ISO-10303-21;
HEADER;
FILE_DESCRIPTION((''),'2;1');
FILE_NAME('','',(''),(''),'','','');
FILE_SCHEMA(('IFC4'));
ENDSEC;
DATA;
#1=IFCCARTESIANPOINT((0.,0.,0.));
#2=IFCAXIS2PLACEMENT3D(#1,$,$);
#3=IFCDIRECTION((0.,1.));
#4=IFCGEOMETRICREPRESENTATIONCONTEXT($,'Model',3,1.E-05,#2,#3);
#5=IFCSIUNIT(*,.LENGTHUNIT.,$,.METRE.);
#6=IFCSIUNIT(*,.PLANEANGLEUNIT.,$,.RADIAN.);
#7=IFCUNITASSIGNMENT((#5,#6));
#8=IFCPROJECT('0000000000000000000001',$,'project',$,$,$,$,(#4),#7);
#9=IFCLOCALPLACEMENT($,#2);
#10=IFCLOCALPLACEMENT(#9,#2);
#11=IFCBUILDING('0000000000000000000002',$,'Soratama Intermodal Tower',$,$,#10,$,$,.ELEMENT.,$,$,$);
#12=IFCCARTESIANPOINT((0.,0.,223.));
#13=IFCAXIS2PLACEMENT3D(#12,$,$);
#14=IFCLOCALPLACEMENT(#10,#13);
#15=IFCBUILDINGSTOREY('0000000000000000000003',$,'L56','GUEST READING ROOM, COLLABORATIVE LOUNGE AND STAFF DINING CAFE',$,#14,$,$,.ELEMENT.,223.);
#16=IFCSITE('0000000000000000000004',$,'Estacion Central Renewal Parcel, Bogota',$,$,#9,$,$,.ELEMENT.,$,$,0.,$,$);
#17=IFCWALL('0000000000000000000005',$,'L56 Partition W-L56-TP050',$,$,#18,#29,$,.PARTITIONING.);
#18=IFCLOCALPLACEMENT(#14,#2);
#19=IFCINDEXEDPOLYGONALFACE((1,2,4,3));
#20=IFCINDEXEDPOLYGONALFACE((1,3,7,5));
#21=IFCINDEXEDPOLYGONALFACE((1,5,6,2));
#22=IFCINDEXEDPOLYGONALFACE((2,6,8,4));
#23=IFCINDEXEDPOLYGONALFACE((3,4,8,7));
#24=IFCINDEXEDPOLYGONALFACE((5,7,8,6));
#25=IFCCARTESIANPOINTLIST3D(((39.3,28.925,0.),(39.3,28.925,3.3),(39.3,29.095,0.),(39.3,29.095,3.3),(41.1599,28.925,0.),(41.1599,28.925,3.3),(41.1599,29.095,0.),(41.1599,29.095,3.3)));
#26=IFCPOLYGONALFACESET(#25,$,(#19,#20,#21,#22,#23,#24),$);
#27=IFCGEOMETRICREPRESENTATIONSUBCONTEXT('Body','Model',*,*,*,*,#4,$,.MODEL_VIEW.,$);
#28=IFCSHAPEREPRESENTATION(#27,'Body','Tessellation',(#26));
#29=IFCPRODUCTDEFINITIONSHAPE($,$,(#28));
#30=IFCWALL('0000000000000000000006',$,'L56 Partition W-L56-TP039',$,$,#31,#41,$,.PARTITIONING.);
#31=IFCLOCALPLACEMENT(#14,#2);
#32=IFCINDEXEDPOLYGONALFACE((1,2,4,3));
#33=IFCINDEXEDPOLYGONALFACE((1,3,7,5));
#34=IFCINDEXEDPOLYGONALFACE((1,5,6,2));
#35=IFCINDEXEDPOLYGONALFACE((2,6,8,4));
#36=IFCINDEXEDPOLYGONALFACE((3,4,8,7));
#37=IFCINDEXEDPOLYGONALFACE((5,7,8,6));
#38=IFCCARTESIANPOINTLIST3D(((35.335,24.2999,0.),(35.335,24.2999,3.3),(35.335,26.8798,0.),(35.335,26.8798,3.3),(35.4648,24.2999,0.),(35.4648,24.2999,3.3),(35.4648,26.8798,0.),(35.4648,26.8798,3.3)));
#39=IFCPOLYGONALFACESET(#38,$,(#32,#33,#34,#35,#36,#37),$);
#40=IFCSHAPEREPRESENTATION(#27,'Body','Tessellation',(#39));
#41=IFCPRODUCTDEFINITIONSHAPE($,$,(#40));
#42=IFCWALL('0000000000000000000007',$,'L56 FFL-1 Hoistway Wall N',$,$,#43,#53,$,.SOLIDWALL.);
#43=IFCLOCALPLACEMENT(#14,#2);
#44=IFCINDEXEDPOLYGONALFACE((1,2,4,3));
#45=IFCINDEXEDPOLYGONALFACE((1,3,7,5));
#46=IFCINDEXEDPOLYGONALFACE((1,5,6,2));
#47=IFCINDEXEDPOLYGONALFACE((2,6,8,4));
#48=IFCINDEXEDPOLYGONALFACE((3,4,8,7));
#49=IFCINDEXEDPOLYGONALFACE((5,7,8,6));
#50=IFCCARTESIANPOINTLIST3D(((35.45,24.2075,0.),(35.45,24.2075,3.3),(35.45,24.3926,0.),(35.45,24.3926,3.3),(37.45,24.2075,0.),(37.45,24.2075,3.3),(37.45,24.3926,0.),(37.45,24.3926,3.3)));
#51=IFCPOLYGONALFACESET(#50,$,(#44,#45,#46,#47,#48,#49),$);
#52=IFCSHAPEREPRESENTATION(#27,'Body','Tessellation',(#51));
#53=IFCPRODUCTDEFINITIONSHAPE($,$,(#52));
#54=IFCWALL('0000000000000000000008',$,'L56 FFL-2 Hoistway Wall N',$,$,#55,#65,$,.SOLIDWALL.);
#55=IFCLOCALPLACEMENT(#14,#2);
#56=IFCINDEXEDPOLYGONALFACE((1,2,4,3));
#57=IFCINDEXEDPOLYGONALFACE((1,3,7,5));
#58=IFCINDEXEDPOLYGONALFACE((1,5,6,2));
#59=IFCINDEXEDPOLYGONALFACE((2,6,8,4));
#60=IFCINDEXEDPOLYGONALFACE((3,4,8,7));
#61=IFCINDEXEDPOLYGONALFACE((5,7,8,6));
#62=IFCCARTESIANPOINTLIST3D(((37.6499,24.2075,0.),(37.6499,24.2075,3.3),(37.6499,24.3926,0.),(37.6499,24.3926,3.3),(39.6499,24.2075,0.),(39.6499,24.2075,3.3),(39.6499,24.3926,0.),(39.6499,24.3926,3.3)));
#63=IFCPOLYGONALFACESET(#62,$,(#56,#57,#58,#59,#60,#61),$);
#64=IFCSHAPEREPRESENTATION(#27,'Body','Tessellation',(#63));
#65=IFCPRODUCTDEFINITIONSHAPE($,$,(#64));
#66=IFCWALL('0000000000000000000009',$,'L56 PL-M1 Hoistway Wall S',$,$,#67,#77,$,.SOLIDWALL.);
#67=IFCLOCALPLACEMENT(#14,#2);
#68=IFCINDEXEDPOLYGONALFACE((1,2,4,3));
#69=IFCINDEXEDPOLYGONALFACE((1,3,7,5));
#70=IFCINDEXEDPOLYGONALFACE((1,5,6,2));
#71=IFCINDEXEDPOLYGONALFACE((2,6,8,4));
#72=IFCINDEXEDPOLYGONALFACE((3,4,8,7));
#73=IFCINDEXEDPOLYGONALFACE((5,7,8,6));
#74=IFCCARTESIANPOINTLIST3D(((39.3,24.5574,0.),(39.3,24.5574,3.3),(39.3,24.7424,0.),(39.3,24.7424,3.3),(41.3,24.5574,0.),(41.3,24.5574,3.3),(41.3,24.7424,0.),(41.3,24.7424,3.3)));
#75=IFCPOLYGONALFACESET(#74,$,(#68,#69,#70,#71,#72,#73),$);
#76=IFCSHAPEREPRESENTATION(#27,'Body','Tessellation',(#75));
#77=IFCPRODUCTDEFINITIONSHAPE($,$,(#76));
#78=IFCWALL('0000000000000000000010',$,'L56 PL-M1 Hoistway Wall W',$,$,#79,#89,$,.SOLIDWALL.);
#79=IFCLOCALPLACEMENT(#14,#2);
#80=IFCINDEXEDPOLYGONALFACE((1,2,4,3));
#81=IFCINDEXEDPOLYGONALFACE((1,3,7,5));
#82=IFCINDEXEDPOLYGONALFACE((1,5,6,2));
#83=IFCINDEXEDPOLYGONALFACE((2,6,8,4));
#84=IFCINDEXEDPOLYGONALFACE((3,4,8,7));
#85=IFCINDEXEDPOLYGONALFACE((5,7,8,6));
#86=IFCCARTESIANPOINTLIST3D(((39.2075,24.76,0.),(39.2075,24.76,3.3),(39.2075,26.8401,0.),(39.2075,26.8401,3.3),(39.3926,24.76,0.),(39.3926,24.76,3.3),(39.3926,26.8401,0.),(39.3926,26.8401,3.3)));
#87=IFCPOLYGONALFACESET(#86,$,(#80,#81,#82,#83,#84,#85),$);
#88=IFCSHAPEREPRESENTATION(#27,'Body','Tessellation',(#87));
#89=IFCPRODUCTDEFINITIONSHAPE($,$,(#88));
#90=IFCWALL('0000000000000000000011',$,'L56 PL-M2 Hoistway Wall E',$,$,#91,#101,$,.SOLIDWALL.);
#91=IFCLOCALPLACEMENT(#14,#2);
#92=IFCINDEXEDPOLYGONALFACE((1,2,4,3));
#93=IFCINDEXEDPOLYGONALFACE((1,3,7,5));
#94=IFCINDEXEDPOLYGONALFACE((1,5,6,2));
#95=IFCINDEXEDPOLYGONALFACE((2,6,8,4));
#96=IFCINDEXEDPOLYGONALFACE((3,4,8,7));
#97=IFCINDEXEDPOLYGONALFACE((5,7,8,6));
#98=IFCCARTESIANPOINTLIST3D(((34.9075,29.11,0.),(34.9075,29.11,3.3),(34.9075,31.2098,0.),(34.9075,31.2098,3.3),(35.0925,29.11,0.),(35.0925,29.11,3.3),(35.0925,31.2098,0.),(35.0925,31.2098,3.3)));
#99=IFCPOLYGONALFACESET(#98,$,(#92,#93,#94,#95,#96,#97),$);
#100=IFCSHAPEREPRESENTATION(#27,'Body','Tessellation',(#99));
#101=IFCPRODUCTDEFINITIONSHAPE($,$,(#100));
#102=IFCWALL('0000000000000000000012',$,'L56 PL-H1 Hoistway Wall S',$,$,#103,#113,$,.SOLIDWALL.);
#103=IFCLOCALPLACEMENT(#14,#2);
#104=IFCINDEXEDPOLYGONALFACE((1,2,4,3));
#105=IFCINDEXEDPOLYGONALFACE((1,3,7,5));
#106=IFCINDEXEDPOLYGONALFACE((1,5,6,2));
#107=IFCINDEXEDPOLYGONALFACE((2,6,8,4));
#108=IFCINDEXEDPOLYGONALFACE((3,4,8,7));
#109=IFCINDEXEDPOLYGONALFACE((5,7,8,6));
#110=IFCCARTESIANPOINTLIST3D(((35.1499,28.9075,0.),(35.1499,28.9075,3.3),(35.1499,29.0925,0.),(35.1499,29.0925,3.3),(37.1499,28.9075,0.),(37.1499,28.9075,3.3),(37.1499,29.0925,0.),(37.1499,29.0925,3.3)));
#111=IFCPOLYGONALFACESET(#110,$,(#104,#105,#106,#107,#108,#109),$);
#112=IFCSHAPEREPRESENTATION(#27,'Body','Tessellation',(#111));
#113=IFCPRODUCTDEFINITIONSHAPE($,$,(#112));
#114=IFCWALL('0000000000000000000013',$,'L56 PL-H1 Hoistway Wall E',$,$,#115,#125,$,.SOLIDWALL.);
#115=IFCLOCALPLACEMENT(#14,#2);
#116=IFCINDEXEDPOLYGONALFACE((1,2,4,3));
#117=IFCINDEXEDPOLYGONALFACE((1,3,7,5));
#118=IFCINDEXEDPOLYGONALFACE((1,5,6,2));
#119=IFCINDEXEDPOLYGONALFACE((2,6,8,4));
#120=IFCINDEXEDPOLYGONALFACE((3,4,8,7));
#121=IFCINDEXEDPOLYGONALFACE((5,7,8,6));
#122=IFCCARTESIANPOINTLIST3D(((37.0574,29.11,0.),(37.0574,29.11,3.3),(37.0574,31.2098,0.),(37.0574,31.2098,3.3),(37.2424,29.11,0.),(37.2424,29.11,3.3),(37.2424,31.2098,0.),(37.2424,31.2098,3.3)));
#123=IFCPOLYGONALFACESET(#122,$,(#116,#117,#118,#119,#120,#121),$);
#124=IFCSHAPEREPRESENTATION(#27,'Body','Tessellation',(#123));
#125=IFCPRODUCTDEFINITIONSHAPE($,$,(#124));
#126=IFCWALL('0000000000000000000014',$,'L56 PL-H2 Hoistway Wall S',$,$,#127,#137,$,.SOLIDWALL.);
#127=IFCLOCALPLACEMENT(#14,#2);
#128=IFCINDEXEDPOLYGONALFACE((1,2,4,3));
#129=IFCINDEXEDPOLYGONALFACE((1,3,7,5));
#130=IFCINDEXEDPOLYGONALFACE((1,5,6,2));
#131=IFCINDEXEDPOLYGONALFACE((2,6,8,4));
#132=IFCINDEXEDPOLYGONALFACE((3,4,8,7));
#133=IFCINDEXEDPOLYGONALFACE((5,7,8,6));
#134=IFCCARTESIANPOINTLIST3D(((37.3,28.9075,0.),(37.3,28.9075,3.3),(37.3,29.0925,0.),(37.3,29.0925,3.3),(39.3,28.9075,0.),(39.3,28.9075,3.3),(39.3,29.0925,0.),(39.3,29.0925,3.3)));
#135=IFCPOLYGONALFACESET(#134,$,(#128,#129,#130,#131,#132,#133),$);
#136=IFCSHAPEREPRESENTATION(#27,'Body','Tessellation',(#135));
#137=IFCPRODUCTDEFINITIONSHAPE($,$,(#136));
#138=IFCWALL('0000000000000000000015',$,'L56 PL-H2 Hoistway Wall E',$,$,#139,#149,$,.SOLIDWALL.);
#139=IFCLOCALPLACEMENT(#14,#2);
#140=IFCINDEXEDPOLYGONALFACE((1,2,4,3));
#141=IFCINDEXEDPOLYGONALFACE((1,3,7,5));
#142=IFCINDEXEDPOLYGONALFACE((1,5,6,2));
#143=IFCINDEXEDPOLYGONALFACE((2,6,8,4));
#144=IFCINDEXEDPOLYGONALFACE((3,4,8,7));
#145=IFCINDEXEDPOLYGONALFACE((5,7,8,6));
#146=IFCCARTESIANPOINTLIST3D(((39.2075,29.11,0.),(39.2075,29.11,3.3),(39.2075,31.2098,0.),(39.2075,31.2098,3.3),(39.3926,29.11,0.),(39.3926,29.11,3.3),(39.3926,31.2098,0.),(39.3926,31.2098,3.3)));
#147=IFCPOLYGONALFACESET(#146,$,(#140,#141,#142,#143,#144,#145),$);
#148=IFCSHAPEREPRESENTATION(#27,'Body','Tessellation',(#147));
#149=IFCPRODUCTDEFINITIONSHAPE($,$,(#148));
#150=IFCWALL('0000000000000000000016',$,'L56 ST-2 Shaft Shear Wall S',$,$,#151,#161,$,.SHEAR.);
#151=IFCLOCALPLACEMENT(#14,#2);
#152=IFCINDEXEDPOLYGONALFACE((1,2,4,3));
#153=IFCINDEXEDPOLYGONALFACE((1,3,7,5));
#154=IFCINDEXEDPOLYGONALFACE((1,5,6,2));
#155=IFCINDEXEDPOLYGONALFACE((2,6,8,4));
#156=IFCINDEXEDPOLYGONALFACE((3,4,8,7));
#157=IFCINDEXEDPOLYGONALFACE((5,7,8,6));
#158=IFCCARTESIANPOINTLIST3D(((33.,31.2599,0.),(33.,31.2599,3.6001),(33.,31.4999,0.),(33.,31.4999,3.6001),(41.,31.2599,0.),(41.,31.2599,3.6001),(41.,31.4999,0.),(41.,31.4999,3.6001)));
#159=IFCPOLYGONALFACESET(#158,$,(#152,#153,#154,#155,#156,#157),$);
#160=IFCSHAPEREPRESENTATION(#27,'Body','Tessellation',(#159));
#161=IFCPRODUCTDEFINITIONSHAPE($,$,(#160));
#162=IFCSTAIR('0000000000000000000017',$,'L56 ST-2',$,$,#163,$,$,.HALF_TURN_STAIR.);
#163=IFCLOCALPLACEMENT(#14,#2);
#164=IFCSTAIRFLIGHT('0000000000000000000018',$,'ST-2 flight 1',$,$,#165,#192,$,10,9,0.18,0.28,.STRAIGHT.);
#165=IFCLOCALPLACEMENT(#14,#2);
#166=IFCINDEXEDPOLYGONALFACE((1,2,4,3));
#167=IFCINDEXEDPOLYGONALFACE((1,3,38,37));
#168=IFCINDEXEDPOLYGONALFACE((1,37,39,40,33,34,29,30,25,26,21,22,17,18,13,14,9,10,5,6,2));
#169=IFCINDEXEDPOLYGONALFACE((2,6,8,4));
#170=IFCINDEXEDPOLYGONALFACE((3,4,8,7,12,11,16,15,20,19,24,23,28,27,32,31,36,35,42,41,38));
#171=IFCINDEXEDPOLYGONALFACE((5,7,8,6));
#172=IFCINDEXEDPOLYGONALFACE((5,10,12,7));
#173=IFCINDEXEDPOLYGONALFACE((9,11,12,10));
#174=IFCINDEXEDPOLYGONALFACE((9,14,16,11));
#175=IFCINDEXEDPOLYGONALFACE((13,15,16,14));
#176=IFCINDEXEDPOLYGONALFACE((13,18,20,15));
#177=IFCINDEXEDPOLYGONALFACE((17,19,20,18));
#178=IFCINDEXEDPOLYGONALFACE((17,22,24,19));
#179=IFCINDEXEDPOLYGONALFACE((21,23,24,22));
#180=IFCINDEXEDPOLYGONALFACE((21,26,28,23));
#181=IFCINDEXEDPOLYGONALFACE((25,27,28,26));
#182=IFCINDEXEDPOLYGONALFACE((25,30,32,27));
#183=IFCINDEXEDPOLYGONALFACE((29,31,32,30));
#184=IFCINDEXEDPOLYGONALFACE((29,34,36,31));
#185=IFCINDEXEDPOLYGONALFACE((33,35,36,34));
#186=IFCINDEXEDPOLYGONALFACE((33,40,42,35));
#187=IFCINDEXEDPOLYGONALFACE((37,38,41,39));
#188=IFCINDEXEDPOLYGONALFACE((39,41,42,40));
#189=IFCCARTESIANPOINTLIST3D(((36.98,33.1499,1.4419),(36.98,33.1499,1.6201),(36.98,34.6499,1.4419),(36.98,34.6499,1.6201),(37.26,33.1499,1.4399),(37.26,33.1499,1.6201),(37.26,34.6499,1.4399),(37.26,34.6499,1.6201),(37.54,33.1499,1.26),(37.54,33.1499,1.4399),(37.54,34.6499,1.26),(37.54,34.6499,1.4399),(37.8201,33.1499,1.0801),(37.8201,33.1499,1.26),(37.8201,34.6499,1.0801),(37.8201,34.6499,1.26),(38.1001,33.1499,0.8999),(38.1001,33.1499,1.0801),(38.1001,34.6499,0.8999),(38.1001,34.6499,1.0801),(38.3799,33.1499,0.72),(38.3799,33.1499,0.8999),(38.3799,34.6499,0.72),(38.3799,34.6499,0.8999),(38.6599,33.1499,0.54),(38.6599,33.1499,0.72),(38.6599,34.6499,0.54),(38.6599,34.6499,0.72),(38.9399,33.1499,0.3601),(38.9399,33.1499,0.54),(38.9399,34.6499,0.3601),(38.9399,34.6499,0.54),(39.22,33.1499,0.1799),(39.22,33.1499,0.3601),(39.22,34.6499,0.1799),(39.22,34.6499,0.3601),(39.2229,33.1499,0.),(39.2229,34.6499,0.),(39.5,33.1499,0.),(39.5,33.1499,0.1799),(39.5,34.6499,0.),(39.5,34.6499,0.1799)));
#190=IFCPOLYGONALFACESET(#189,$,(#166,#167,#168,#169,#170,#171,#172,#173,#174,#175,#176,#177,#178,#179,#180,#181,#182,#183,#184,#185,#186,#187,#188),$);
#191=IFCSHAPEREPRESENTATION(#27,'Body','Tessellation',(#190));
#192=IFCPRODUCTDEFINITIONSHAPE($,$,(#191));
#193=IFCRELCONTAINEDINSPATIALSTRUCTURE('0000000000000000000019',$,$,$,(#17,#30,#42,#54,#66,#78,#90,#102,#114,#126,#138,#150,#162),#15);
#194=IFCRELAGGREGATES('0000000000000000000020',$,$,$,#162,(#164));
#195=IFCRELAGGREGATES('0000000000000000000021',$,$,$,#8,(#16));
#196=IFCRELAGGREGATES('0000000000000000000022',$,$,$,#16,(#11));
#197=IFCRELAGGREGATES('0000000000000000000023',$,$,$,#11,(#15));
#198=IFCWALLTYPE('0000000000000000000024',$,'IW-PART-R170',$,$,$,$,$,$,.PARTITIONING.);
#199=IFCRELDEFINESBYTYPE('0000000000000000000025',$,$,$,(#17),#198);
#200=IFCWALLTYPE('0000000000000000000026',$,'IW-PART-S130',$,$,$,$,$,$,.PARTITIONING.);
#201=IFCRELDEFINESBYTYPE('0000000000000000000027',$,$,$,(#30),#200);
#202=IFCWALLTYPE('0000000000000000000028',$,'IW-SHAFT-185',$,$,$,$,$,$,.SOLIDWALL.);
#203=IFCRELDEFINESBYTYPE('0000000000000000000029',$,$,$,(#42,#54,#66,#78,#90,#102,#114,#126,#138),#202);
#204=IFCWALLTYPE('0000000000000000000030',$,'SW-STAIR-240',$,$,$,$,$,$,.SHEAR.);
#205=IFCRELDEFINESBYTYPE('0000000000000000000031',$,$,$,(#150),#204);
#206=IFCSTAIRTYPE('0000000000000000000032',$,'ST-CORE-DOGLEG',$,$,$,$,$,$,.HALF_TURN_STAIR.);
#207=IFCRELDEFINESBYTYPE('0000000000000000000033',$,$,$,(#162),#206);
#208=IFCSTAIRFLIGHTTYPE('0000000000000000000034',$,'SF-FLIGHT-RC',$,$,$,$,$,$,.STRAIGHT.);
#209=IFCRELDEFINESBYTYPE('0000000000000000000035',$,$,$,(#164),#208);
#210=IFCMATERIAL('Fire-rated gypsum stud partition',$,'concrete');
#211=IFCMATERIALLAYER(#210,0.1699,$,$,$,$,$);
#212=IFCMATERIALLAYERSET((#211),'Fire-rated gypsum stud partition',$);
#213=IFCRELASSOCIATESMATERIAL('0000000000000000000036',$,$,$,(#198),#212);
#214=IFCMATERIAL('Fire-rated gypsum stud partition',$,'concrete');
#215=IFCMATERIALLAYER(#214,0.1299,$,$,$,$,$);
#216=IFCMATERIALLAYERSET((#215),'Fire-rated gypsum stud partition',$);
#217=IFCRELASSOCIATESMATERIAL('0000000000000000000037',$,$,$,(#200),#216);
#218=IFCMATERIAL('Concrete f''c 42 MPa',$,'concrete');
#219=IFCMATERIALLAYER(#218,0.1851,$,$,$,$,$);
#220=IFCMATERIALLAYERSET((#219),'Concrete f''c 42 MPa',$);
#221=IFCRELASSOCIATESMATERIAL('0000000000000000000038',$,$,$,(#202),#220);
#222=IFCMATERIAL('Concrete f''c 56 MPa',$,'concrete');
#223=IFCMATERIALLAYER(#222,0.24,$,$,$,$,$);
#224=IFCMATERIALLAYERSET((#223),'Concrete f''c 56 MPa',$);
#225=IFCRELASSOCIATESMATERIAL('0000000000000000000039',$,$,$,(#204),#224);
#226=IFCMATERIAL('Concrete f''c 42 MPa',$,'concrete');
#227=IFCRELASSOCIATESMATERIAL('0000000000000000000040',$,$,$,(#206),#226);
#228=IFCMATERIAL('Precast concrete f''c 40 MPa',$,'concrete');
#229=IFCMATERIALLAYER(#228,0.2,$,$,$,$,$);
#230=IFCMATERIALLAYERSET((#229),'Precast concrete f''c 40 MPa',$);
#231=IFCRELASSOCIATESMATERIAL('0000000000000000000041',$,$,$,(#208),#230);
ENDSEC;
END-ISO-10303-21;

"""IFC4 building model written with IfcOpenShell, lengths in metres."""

from ifc_helpers import new_model, si_unit, direction, frame, frame_2d, origin, place, context, subcontext, project, spatial, polyline, rectangle, outline, extrude, material, layer, layer_set, type_object, element, aggregate, save


model = new_model("IFC4")

# Units and contexts
model_context = context("Model", 3, precision=1e-05, world=origin(), true_north=direction((0.0, 1.0)))
body_context = subcontext(model_context, "Body", "Model", "MODEL_VIEW")
ifc_project = project(units=[si_unit("LENGTHUNIT", "METRE"), si_unit("PLANEANGLEUNIT", "RADIAN")], contexts=[model_context])

# Site, building, storey
site_placement = place(None, origin())
site = spatial("IfcSite", under=ifc_project, at=site_placement, Name="Estacion Central Renewal Parcel, Bogota", CompositionType="ELEMENT", RefElevation=0.0)
building_placement = place(site_placement, origin())
building = spatial("IfcBuilding", under=site, at=building_placement, Name="Soratama Intermodal Tower", CompositionType="ELEMENT")
storey_placement = place(building_placement, frame((0.0, 0.0, 223.0)))
storey = spatial("IfcBuildingStorey", under=building, at=storey_placement, Name="L56", Description="GUEST READING ROOM, COLLABORATIVE LOUNGE AND STAFF DINING CAFE", CompositionType="ELEMENT", Elevation=223.0)

# Shared definitions
ifc_material_1 = material(Name="Fire-rated gypsum stud partition", Category="concrete")
ifc_layer_1 = layer(ifc_material_1, 0.1699)
ifc_layer_set_1 = layer_set([ifc_layer_1], Name="Fire-rated gypsum stud partition")
wall_type_1 = type_object("IfcWallType", Name="IW-PART-R170", PredefinedType="PARTITIONING", material=ifc_layer_set_1)

# Walls
wall_1_placement = place(storey_placement, frame((39.3, 29.01, 0.0), z_axis=(0.0, 0.0, 1.0), x_axis=(1.0, 0.0, 0.0)))
element("IfcWall", 1, at=wall_1_placement, inside=storey, type_object=wall_type_1, Name="L56 Partition W-L56-TP050", PredefinedType="PARTITIONING", context=body_context, shape_type="SweptSolid", body=[
    extrude(rectangle(XDim=1.8599, YDim=0.1699, at=frame_2d((0.9299, 0.0))), origin(), (0.0, 0.0, 1.0), 3.3),
])
ifc_material_2 = material(Name="Fire-rated gypsum stud partition", Category="concrete")
ifc_layer_2 = layer(ifc_material_2, 0.1299)
ifc_layer_set_2 = layer_set([ifc_layer_2], Name="Fire-rated gypsum stud partition")
wall_type_2 = type_object("IfcWallType", Name="IW-PART-S130", PredefinedType="PARTITIONING", material=ifc_layer_set_2)
wall_2_placement = place(storey_placement, frame((35.3999, 26.8799, 0.0), z_axis=(0.0, 0.0, 1.0), x_axis=(0.0, -1.0, 0.0)))
element("IfcWall", 2, at=wall_2_placement, inside=storey, type_object=wall_type_2, Name="L56 Partition W-L56-TP039", PredefinedType="PARTITIONING", context=body_context, shape_type="SweptSolid", body=[
    extrude(rectangle(XDim=2.5798, YDim=0.1299, at=frame_2d((1.29, 0.0))), origin(), (0.0, 0.0, 1.0), 3.3),
])
ifc_material_3 = material(Name="Concrete f'c 42 MPa", Category="concrete")
ifc_layer_3 = layer(ifc_material_3, 0.1851)
ifc_layer_set_3 = layer_set([ifc_layer_3], Name="Concrete f'c 42 MPa")
wall_type_3 = type_object("IfcWallType", Name="IW-SHAFT-185", PredefinedType="SOLIDWALL", material=ifc_layer_set_3)
for number, where, z_axis, x_axis, name in (
    (3, (35.45, 24.3, 0.0), (0.0, 0.0, 1.0), (1.0, 0.0, 0.0), "L56 FFL-1 Hoistway Wall N"),
    (4, (37.6499, 24.3, 0.0), (0.0, 0.0, 1.0), (1.0, 0.0, 0.0), "L56 FFL-2 Hoistway Wall N"),
    (5, (39.3, 24.6499, 0.0), (0.0, 0.0, 1.0), (1.0, 0.0, 0.0), "L56 PL-M1 Hoistway Wall S"),
):
    element("IfcWall", number, at=place(storey_placement, frame(where, z_axis=z_axis, x_axis=x_axis)), inside=storey, type_object=wall_type_3, Name=name, PredefinedType="SOLIDWALL", context=body_context, shape_type="SweptSolid", body=[
        extrude(rectangle(XDim=2.0, YDim=0.1851, at=frame_2d((1.0, 0.0))), origin(), (0.0, 0.0, 1.0), 3.3),
    ])

# Walls
wall_3_placement = place(storey_placement, frame((39.3, 24.76, 0.0), z_axis=(0.0, 0.0, 1.0), x_axis=(0.0, 1.0, 0.0)))
element("IfcWall", 6, at=wall_3_placement, inside=storey, type_object=wall_type_3, Name="L56 PL-M1 Hoistway Wall W", PredefinedType="SOLIDWALL", context=body_context, shape_type="SweptSolid", body=[
    extrude(rectangle(XDim=2.0801, YDim=0.1851, at=frame_2d((1.04, 0.0))), origin(), (0.0, 0.0, 1.0), 3.3),
])
wall_4_placement = place(storey_placement, frame((35.0, 29.1101, 0.0), z_axis=(0.0, 0.0, 1.0), x_axis=(0.0, 1.0, 0.0)))
element("IfcWall", 7, at=wall_4_placement, inside=storey, type_object=wall_type_3, Name="L56 PL-M2 Hoistway Wall E", PredefinedType="SOLIDWALL", context=body_context, shape_type="SweptSolid", body=[
    extrude(rectangle(XDim=2.0999, YDim=0.1851, at=frame_2d((1.0498, 0.0))), origin(), (0.0, 0.0, 1.0), 3.3),
])
wall_5_placement = place(storey_placement, frame((35.1499, 29.0, 0.0), z_axis=(0.0, 0.0, 1.0), x_axis=(1.0, 0.0, 0.0)))
element("IfcWall", 8, at=wall_5_placement, inside=storey, type_object=wall_type_3, Name="L56 PL-H1 Hoistway Wall S", PredefinedType="SOLIDWALL", context=body_context, shape_type="SweptSolid", body=[
    extrude(rectangle(XDim=2.0, YDim=0.1851, at=frame_2d((1.0, 0.0))), origin(), (0.0, 0.0, 1.0), 3.3),
])
wall_6_placement = place(storey_placement, frame((37.1499, 29.1101, 0.0), z_axis=(0.0, 0.0, 1.0), x_axis=(0.0, 1.0, 0.0)))
element("IfcWall", 9, at=wall_6_placement, inside=storey, type_object=wall_type_3, Name="L56 PL-H1 Hoistway Wall E", PredefinedType="SOLIDWALL", context=body_context, shape_type="SweptSolid", body=[
    extrude(rectangle(XDim=2.0999, YDim=0.1851, at=frame_2d((1.0498, 0.0))), origin(), (0.0, 0.0, 1.0), 3.3),
])
wall_7_placement = place(storey_placement, frame((37.3, 29.0, 0.0), z_axis=(0.0, 0.0, 1.0), x_axis=(1.0, 0.0, 0.0)))
element("IfcWall", 10, at=wall_7_placement, inside=storey, type_object=wall_type_3, Name="L56 PL-H2 Hoistway Wall S", PredefinedType="SOLIDWALL", context=body_context, shape_type="SweptSolid", body=[
    extrude(rectangle(XDim=2.0, YDim=0.1851, at=frame_2d((1.0, 0.0))), origin(), (0.0, 0.0, 1.0), 3.3),
])
wall_8_placement = place(storey_placement, frame((39.3, 29.1101, 0.0), z_axis=(0.0, 0.0, 1.0), x_axis=(0.0, 1.0, 0.0)))
element("IfcWall", 11, at=wall_8_placement, inside=storey, type_object=wall_type_3, Name="L56 PL-H2 Hoistway Wall E", PredefinedType="SOLIDWALL", context=body_context, shape_type="SweptSolid", body=[
    extrude(rectangle(XDim=2.0999, YDim=0.1851, at=frame_2d((1.0498, 0.0))), origin(), (0.0, 0.0, 1.0), 3.3),
])
ifc_material_4 = material(Name="Concrete f'c 56 MPa", Category="concrete")
ifc_layer_4 = layer(ifc_material_4, 0.24)
ifc_layer_set_4 = layer_set([ifc_layer_4], Name="Concrete f'c 56 MPa")
wall_type_4 = type_object("IfcWallType", Name="SW-STAIR-240", PredefinedType="SHEAR", material=ifc_layer_set_4)
wall_9_placement = place(storey_placement, frame((33.0, 31.3799, 0.0), z_axis=(0.0, 0.0, 1.0), x_axis=(1.0, 0.0, 0.0)))
element("IfcWall", 12, at=wall_9_placement, inside=storey, type_object=wall_type_4, Name="L56 ST-2 Shaft Shear Wall S", PredefinedType="SHEAR", context=body_context, shape_type="SweptSolid", body=[
    extrude(rectangle(XDim=8.0, YDim=0.24, at=frame_2d((4.0, 0.0))), origin(), (0.0, 0.0, 1.0), 3.6001),
])

# Stair, stair flight
ifc_material_5 = material(Name="Concrete f'c 42 MPa", Category="concrete")
stair_type = type_object("IfcStairType", Name="ST-CORE-DOGLEG", PredefinedType="HALF_TURN_STAIR", material=ifc_material_5)
stair_placement = place(storey_placement, origin())
stair = element("IfcStair", 13, at=stair_placement, inside=storey, type_object=stair_type, Name="L56 ST-2", PredefinedType="HALF_TURN_STAIR")
ifc_material_6 = material(Name="Precast concrete f'c 40 MPa", Category="concrete")
ifc_layer_5 = layer(ifc_material_6, 0.2)
ifc_layer_set_5 = layer_set([ifc_layer_5], Name="Precast concrete f'c 40 MPa")
stair_flight_type = type_object("IfcStairFlightType", Name="SF-FLIGHT-RC", PredefinedType="STRAIGHT", material=ifc_layer_set_5)
stair_flight_1_placement = place(storey_placement, frame((39.5, 33.8999, 0.0), z_axis=(0.0, 0.0, 1.0), x_axis=(-1.0, 0.0, 0.0)))
stair_flight_1 = element("IfcStairFlight", 14, at=stair_flight_1_placement, type_object=stair_flight_type, Name="ST-2 flight 1", NumberOfRisers=10, NumberOfTreads=9, PredefinedType="STRAIGHT", RiserHeight=0.18, TreadLength=0.28, context=body_context, shape_type="SweptSolid", body=[
    extrude(outline(polyline([(0.0, 0.0), (0.0, 0.1799), (0.28, 0.1799), (0.28, 0.3601), (0.5601, 0.3601), (0.5601, 0.54), (0.8401, 0.54), (0.8401, 0.72), (1.1201, 0.72), (1.1201, 0.8999), (1.3999, 0.8999), (1.3999, 1.0801), (1.6799, 1.0801), (1.6799, 1.26), (1.96, 1.26), (1.96, 1.4399), (2.24, 1.4399), (2.24, 1.6201), (2.52, 1.6201), (2.52, 1.8), (2.52, 1.4419), (0.2771, 0.0), (0.0, 0.0)])), frame((0.0, 0.75, 0.0), z_axis=(0.0, -1.0, 0.0), x_axis=(1.0, 0.0, 0.0)), (0.0, 0.0, 1.0), 1.5),
])
aggregate(stair, [stair_flight_1])

save(model, "model.ifc")
